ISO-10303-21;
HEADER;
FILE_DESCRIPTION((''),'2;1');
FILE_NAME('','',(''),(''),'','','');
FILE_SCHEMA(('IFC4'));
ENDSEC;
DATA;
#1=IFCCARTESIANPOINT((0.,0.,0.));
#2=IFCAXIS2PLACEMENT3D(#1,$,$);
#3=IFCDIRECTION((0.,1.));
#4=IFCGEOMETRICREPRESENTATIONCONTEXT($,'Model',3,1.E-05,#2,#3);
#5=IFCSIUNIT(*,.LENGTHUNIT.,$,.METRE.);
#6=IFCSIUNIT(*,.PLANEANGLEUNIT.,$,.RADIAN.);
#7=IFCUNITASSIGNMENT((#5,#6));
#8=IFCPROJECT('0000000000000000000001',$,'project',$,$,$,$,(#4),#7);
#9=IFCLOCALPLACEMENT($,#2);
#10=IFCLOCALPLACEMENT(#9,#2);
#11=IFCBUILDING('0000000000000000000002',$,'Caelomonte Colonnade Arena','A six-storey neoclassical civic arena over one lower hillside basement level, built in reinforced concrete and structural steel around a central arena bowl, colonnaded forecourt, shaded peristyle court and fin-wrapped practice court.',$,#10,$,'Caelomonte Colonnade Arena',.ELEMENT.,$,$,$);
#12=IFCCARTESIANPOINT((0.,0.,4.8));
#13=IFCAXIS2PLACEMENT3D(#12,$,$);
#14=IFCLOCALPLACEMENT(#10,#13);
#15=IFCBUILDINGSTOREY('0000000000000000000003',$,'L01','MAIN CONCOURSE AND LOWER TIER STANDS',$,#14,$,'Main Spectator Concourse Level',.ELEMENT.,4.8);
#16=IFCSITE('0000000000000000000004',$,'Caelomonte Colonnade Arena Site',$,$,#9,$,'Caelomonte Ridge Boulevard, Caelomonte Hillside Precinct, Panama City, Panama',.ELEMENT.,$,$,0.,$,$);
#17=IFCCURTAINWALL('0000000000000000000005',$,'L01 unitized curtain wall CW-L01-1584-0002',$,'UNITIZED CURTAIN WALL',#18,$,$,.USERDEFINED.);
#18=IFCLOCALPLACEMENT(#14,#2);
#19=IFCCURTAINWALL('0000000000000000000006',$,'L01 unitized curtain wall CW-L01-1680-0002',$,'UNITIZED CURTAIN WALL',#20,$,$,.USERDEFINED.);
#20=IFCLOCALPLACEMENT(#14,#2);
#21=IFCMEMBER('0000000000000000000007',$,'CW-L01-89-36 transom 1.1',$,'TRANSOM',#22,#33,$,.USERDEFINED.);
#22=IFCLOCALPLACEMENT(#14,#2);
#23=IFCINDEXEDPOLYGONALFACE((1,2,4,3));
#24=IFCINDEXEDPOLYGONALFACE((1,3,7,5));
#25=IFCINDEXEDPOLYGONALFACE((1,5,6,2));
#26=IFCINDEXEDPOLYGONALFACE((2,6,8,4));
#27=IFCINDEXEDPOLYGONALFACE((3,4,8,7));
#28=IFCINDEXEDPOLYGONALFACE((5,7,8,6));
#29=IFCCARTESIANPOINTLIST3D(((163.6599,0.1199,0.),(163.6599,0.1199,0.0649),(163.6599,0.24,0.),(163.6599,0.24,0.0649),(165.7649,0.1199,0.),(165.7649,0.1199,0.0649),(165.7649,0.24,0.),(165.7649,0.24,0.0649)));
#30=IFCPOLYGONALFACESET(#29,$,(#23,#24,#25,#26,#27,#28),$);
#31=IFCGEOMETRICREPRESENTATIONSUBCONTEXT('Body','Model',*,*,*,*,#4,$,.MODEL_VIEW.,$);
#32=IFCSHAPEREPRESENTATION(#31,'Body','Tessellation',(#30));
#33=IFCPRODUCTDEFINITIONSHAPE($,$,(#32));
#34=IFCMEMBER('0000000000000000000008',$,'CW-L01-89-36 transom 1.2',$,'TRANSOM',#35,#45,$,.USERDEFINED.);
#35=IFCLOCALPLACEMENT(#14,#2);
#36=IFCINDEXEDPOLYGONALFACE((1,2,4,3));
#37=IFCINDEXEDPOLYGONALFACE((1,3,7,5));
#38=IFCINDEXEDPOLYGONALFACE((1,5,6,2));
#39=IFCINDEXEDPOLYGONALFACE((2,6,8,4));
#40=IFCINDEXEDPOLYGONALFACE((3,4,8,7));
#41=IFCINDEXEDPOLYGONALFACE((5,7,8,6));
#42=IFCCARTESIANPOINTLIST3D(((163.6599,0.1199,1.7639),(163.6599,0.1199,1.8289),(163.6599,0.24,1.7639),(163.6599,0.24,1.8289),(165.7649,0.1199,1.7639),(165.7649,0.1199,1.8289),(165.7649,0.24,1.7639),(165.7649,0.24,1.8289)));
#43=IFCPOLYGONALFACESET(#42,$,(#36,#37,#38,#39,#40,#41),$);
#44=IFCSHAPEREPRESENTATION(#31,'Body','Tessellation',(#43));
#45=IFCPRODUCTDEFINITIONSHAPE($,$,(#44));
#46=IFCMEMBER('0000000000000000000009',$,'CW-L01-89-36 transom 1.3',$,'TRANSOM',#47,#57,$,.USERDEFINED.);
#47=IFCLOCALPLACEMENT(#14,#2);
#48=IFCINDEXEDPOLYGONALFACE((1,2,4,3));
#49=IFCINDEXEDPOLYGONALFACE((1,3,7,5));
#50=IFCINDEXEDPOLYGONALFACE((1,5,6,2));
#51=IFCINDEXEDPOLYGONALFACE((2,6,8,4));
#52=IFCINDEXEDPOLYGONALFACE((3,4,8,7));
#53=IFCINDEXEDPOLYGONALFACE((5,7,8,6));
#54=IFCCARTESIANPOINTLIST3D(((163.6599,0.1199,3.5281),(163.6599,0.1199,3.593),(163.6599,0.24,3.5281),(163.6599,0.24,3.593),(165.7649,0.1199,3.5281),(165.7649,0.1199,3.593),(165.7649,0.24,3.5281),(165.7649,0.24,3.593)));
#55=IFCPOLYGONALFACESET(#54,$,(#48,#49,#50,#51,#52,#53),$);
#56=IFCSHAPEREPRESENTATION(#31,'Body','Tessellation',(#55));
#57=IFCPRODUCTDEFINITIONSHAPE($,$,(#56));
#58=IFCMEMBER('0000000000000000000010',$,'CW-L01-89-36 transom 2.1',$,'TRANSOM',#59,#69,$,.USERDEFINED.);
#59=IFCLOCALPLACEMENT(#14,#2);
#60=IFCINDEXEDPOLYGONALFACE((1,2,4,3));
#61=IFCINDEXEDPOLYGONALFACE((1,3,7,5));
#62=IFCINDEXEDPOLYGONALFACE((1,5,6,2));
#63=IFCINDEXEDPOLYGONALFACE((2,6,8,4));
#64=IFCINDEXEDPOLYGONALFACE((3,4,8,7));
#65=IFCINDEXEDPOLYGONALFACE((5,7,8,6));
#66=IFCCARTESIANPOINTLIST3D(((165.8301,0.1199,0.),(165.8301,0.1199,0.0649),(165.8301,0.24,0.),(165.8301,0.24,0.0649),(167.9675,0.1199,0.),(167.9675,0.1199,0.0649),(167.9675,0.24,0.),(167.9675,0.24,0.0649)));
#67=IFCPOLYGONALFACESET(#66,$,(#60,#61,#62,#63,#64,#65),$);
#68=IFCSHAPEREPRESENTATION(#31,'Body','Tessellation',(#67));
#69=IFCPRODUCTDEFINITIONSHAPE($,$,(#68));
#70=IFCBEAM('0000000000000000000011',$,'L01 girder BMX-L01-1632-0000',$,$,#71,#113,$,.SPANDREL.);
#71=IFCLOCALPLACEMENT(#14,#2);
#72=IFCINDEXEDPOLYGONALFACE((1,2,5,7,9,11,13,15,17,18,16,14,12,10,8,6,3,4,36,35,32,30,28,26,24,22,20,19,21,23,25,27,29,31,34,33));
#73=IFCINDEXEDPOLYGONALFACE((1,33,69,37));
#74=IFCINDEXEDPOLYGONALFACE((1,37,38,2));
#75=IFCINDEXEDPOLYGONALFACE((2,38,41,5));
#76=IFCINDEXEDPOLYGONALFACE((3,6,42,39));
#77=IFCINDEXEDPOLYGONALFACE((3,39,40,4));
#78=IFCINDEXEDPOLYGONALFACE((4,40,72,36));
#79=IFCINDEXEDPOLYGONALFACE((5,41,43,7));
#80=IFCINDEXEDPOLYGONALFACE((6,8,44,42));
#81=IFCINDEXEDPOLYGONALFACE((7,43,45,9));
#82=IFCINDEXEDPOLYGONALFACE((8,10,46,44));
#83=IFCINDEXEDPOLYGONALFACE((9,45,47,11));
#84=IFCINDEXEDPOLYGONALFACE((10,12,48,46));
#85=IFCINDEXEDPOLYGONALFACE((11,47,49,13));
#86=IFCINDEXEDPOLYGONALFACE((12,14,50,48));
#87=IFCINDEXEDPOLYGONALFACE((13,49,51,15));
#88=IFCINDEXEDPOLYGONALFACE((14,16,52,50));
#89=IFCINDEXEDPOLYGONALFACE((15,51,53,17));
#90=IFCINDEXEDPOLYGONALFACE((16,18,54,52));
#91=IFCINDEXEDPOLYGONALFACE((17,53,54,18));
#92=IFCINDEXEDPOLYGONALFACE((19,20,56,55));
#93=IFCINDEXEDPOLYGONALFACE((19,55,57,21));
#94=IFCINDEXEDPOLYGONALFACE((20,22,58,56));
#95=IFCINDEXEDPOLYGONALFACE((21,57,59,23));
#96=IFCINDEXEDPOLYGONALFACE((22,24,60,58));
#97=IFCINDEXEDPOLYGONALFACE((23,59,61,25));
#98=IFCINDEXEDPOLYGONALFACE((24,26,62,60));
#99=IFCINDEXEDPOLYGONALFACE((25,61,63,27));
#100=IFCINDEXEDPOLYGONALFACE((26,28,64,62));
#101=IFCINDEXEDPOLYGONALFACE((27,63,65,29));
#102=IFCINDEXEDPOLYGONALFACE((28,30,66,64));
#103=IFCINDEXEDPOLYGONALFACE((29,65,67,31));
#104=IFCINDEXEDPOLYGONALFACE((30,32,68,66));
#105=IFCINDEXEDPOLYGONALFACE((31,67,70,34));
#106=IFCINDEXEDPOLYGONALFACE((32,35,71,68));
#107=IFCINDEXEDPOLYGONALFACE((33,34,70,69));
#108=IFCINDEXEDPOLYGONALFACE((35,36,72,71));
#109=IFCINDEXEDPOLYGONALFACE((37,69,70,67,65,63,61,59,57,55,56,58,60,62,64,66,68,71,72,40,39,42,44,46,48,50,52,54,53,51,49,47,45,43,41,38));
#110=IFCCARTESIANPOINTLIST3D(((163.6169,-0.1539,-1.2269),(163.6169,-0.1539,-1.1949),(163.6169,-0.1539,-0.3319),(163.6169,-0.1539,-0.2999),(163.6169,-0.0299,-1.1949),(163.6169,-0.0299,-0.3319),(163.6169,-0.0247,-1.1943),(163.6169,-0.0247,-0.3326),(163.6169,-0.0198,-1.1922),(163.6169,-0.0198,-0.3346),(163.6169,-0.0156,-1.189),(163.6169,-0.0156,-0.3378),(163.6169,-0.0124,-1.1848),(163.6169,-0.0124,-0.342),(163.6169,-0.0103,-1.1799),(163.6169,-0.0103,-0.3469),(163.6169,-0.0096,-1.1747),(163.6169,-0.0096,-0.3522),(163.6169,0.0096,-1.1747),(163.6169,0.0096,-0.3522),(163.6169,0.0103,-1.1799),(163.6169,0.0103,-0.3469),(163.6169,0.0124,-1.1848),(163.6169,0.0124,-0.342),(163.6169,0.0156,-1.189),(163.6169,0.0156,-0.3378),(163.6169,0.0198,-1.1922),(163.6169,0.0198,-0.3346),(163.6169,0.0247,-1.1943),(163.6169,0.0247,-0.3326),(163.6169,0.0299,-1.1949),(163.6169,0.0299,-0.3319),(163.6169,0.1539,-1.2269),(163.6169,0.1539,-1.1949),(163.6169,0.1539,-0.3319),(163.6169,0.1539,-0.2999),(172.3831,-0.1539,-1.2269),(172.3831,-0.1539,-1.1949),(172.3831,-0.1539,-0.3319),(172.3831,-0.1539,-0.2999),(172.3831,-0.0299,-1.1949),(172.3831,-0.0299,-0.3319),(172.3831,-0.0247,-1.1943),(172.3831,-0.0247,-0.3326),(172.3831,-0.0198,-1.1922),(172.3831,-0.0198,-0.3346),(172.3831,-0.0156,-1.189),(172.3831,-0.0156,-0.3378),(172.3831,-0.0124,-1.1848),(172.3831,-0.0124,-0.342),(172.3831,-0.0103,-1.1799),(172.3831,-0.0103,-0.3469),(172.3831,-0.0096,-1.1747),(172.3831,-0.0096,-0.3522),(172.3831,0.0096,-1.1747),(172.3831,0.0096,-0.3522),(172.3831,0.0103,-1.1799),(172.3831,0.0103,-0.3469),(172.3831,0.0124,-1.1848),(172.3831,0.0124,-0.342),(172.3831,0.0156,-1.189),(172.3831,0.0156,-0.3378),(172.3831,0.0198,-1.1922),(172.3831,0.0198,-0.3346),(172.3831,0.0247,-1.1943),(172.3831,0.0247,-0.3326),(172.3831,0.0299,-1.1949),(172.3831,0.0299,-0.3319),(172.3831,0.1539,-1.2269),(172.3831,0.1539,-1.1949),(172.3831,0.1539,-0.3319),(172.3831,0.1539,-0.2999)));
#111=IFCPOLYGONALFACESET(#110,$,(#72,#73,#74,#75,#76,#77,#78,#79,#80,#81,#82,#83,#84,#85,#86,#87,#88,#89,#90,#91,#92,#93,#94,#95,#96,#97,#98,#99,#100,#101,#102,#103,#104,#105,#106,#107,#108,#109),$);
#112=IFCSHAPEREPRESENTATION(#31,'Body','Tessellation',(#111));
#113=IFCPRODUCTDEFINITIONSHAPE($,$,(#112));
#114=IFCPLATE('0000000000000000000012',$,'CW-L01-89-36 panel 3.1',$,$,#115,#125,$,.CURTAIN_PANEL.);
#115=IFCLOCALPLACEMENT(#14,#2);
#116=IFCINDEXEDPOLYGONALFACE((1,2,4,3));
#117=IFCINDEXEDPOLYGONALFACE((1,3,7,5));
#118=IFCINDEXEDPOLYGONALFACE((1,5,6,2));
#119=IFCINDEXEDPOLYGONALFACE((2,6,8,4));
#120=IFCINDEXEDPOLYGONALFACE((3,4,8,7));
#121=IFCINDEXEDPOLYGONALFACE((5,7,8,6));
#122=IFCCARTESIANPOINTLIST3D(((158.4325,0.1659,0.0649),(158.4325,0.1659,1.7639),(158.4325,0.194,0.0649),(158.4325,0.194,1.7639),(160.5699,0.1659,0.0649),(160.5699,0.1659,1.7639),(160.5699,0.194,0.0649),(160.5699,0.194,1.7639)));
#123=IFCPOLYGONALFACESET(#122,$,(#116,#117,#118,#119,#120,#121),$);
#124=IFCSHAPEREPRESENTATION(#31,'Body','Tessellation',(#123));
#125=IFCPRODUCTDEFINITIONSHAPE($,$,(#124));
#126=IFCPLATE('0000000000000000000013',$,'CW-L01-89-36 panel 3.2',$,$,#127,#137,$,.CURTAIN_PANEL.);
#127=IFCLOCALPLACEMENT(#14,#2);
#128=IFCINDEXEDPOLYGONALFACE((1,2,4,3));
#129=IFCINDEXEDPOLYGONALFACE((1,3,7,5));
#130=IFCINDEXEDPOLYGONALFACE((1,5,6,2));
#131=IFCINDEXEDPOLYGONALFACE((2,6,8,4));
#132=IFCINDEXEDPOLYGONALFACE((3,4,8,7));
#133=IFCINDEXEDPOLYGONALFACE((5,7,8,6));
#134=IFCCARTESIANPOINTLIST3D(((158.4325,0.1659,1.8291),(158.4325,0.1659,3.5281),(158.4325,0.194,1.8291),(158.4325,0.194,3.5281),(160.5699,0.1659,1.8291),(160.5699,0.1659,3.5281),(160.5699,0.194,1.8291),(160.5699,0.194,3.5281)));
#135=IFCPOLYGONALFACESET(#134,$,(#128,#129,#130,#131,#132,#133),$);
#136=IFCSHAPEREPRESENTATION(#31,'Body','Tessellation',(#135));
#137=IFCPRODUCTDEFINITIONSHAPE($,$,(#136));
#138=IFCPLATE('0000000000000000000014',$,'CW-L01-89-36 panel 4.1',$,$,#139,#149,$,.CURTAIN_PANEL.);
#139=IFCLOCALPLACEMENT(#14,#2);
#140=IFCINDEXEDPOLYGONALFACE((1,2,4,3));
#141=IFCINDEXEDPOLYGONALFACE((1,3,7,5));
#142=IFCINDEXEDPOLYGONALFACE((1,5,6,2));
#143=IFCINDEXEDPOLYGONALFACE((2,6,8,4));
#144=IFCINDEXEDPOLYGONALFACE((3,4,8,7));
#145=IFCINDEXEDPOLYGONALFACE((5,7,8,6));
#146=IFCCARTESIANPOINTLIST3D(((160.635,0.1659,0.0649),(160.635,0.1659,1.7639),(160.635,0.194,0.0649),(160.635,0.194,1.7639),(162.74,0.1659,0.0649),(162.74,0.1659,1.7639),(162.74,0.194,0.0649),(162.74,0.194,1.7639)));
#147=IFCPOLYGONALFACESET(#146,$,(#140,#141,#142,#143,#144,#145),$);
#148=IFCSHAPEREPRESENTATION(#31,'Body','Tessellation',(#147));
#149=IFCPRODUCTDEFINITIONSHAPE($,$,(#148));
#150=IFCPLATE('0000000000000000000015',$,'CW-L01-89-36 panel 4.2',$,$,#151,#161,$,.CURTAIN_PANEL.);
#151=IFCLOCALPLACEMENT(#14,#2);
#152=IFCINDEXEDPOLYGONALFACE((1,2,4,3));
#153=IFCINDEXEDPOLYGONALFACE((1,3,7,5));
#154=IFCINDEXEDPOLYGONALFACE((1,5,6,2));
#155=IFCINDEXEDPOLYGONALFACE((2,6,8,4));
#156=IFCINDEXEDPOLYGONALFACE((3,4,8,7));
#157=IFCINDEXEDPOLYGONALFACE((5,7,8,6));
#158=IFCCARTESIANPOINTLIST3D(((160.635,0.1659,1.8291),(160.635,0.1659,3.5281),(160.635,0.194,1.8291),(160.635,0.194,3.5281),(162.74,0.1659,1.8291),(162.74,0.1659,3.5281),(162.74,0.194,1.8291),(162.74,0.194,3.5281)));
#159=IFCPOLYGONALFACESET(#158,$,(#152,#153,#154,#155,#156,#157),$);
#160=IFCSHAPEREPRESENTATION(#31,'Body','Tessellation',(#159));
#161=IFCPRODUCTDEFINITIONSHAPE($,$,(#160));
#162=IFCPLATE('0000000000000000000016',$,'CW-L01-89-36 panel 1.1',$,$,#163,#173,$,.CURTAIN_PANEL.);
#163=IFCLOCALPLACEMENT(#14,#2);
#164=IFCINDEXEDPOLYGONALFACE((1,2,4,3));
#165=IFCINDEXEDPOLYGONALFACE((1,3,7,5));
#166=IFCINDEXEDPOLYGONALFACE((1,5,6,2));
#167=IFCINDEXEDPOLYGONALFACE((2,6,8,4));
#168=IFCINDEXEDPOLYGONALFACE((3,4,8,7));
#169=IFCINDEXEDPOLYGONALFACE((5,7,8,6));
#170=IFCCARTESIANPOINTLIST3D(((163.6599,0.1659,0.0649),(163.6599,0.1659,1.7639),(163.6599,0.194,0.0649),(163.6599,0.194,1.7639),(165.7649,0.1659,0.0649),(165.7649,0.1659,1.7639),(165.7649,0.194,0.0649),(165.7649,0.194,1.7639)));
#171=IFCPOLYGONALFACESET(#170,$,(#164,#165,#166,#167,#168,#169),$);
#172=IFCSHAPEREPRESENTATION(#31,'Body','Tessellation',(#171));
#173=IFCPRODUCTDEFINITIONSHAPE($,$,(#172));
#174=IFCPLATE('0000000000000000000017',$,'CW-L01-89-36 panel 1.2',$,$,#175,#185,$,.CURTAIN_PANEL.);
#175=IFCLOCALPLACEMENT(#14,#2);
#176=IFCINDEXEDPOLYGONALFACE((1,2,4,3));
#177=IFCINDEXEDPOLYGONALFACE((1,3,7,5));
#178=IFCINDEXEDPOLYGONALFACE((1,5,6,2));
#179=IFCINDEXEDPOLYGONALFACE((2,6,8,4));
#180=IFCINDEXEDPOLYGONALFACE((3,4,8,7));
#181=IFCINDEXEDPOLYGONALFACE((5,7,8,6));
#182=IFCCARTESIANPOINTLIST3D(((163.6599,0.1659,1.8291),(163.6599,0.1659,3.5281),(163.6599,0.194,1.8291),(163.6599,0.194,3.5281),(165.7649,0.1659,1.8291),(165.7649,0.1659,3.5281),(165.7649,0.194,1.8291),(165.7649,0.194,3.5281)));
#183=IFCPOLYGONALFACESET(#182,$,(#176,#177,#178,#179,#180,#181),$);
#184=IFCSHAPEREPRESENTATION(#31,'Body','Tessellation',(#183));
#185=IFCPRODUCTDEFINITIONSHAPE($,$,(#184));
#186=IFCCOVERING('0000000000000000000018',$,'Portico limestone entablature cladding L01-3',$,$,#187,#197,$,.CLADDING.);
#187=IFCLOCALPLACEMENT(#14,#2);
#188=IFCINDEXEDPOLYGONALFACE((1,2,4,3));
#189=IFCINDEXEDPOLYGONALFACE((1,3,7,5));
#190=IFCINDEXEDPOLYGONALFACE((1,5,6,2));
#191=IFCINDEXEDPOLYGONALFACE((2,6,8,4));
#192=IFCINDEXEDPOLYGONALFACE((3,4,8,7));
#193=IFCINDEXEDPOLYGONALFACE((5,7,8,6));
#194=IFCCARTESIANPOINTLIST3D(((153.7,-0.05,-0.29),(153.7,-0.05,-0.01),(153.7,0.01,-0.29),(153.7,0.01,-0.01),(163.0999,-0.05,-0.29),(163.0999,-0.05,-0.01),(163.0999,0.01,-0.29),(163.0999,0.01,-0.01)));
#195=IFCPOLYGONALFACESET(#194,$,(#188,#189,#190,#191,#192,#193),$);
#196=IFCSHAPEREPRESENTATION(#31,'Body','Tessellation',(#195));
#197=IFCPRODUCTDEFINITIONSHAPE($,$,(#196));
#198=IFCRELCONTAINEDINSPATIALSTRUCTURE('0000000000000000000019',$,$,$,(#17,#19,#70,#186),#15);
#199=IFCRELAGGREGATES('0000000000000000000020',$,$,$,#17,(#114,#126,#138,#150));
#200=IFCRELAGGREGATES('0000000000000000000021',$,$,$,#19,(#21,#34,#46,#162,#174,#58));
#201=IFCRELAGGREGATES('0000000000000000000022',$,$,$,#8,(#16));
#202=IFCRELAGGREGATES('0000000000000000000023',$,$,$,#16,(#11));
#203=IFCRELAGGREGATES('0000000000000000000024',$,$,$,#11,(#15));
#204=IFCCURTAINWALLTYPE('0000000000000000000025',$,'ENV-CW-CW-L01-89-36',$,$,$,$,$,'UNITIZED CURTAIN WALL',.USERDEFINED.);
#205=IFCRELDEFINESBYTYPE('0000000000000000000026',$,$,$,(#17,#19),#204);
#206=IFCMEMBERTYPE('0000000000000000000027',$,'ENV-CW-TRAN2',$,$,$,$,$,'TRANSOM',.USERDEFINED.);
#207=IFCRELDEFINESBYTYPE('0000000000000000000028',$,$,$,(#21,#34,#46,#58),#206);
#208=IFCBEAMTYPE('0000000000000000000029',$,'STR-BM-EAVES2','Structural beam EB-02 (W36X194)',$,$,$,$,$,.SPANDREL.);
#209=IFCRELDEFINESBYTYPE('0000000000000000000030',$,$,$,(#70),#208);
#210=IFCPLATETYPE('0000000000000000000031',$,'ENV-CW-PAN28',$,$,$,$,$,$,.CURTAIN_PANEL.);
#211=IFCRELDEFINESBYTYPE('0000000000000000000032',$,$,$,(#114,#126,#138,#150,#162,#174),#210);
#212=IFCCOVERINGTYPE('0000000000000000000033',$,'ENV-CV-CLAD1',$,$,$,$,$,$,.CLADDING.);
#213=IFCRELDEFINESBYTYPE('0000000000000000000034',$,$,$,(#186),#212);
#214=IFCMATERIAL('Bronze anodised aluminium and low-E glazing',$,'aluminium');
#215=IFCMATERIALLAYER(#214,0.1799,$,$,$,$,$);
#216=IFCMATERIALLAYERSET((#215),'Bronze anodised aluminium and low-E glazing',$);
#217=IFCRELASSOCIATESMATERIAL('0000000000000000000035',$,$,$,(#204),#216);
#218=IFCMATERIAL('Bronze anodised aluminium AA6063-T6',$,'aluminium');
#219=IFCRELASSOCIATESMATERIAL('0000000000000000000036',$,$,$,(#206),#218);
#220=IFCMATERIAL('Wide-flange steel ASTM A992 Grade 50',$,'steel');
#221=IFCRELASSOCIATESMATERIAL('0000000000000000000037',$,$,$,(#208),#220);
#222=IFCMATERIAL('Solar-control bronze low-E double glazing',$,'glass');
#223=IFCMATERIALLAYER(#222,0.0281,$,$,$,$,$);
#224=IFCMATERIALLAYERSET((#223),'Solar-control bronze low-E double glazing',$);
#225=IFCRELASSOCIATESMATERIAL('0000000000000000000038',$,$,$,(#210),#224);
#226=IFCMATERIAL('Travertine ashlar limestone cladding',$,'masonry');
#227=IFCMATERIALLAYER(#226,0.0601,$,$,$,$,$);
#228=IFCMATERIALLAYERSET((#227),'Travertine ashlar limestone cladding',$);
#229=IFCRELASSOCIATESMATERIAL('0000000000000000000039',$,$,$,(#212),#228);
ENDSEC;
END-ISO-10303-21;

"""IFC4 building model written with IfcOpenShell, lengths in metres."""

from ifc_helpers import new_model, si_unit, direction, frame, origin, origin_2d, place, context, subcontext, project, spatial, rectangle, i_section, extrude, material, layer, layer_set, material_profile, profile_set, type_object, element, aggregate, save


model = new_model("IFC4")

# Units and contexts
model_context = context("Model", 3, precision=1e-05, world=origin(), true_north=direction((0.0, 1.0)))
body_context = subcontext(model_context, "Body", "Model", "MODEL_VIEW")
ifc_project = project(units=[si_unit("LENGTHUNIT", "METRE"), si_unit("PLANEANGLEUNIT", "RADIAN")], contexts=[model_context])

# Site, building, storey
site_placement = place(None, origin())
site = spatial("IfcSite", under=ifc_project, at=site_placement, Name="Caelomonte Colonnade Arena Site", LongName="Caelomonte Ridge Boulevard, Caelomonte Hillside Precinct, Panama City, Panama", CompositionType="ELEMENT", RefElevation=0.0)
building_placement = place(site_placement, origin())
building = spatial("IfcBuilding", under=site, at=building_placement, Name="Caelomonte Colonnade Arena", Description="A six-storey neoclassical civic arena over one lower hillside basement level, built in reinforced concrete and structural steel around a central arena bowl, colonnaded forecourt, shaded peristyle court and fin-wrapped practice court.", LongName="Caelomonte Colonnade Arena", CompositionType="ELEMENT")
storey_placement = place(building_placement, frame((0.0, 0.0, 4.8)))
storey = spatial("IfcBuildingStorey", under=building, at=storey_placement, Name="L01", Description="MAIN CONCOURSE AND LOWER TIER STANDS", LongName="Main Spectator Concourse Level", CompositionType="ELEMENT", Elevation=4.8)

# Curtain walls
ifc_material_1 = material(Name="Bronze anodised aluminium and low-E glazing", Category="aluminium")
ifc_layer_1 = layer(ifc_material_1, 0.1799)
ifc_layer_set_1 = layer_set([ifc_layer_1], Name="Bronze anodised aluminium and low-E glazing")
curtain_wall_type = type_object("IfcCurtainWallType", Name="ENV-CW-CW-L01-89-36", ElementType="UNITIZED CURTAIN WALL", PredefinedType="USERDEFINED", material=ifc_layer_set_1)
curtain_wall_1_placement = place(storey_placement, origin())
curtain_wall_1 = element("IfcCurtainWall", 1, at=curtain_wall_1_placement, inside=storey, type_object=curtain_wall_type, Name="L01 unitized curtain wall CW-L01-1584-0002", ObjectType="UNITIZED CURTAIN WALL", PredefinedType="USERDEFINED")
ifc_material_2 = material(Name="Bronze anodised aluminium AA6063-T6", Category="aluminium")
curtain_wall_2_placement = place(storey_placement, origin())
curtain_wall_2 = element("IfcCurtainWall", 2, at=curtain_wall_2_placement, inside=storey, type_object=curtain_wall_type, Name="L01 unitized curtain wall CW-L01-1680-0002", ObjectType="UNITIZED CURTAIN WALL", PredefinedType="USERDEFINED")

# Members
ifc_material_profile_1 = material_profile(ifc_material_2, rectangle(XDim=0.0649, YDim=0.1201, at=origin_2d()), Name="CWT-65X120")
ifc_profile_set_1 = profile_set([ifc_material_profile_1], Name="Bronze anodised aluminium AA6063-T6")
member_type_1 = type_object("IfcMemberType", Name="ENV-CW-TRAN2", ElementType="TRANSOM", PredefinedType="USERDEFINED", material=ifc_profile_set_1)
member_1_placement = place(storey_placement, frame((163.6599, 0.1799, 0.0325), z_axis=(1.0, 0.0, 0.0), x_axis=(0.0, 0.0, 1.0)))
member_1 = element("IfcMember", 3, at=member_1_placement, type_object=member_type_1, Name="CW-L01-89-36 transom 1.1", ObjectType="TRANSOM", PredefinedType="USERDEFINED", context=body_context, shape_type="SweptSolid", body=[
    extrude(rectangle(XDim=0.0649, YDim=0.1201, at=origin_2d()), origin(), (0.0, 0.0, 1.0), 2.105),
])
member_2_placement = place(storey_placement, frame((163.6599, 0.1799, 1.7964), z_axis=(1.0, 0.0, 0.0), x_axis=(0.0, 0.0, 1.0)))
member_2 = element("IfcMember", 4, at=member_2_placement, type_object=member_type_1, Name="CW-L01-89-36 transom 1.2", ObjectType="TRANSOM", PredefinedType="USERDEFINED", context=body_context, shape_type="SweptSolid", body=[
    extrude(rectangle(XDim=0.0649, YDim=0.1201, at=origin_2d()), origin(), (0.0, 0.0, 1.0), 2.105),
])
member_3_placement = place(storey_placement, frame((163.6599, 0.1799, 3.5605), z_axis=(1.0, 0.0, 0.0), x_axis=(0.0, 0.0, 1.0)))
member_3 = element("IfcMember", 5, at=member_3_placement, type_object=member_type_1, Name="CW-L01-89-36 transom 1.3", ObjectType="TRANSOM", PredefinedType="USERDEFINED", context=body_context, shape_type="SweptSolid", body=[
    extrude(rectangle(XDim=0.0649, YDim=0.1201, at=origin_2d()), origin(), (0.0, 0.0, 1.0), 2.105),
])
member_4_placement = place(storey_placement, frame((165.8301, 0.1799, 0.0325), z_axis=(1.0, 0.0, 0.0), x_axis=(0.0, 0.0, 1.0)))
member_4 = element("IfcMember", 6, at=member_4_placement, type_object=member_type_1, Name="CW-L01-89-36 transom 2.1", ObjectType="TRANSOM", PredefinedType="USERDEFINED", context=body_context, shape_type="SweptSolid", body=[
    extrude(rectangle(XDim=0.0649, YDim=0.1201, at=origin_2d()), origin(), (0.0, 0.0, 1.0), 2.1375),
])

# Beam
ifc_material_3 = material(Name="Wide-flange steel ASTM A992 Grade 50", Category="steel")
ifc_material_profile_2 = material_profile(ifc_material_3, i_section(OverallWidth=0.3079, OverallDepth=0.927, WebThickness=0.0193, FlangeThickness=0.032, FilletRadius=0.0203, at=origin_2d()), Name="W36X194")
ifc_profile_set_2 = profile_set([ifc_material_profile_2], Name="Wide-flange steel ASTM A992 Grade 50")
beam_type = type_object("IfcBeamType", Name="STR-BM-EAVES2", Description="Structural beam EB-02 (W36X194)", PredefinedType="SPANDREL", material=ifc_profile_set_2)
beam_placement = place(storey_placement, frame((163.6169, 0.0, -0.7634), z_axis=(1.0, 0.0, 0.0), x_axis=(0.0, 1.0, 0.0)))
element("IfcBeam", 7, at=beam_placement, inside=storey, type_object=beam_type, Name="L01 girder BMX-L01-1632-0000", PredefinedType="SPANDREL", context=body_context, shape_type="SweptSolid", body=[
    extrude(i_section(OverallWidth=0.3079, OverallDepth=0.927, WebThickness=0.0193, FlangeThickness=0.032, FilletRadius=0.0203, at=origin_2d()), origin(), (0.0, 0.0, 1.0), 8.7661),
])

# Plates
ifc_material_4 = material(Name="Solar-control bronze low-E double glazing", Category="glass")
ifc_layer_2 = layer(ifc_material_4, 0.0281)
ifc_layer_set_2 = layer_set([ifc_layer_2], Name="Solar-control bronze low-E double glazing")
plate_type = type_object("IfcPlateType", Name="ENV-CW-PAN28", PredefinedType="CURTAIN_PANEL", material=ifc_layer_set_2)
plate_1_placement = place(storey_placement, frame((159.5012, 0.1799, 0.0649), z_axis=(0.0, 0.0, 1.0), x_axis=(1.0, 0.0, 0.0)))
plate_1 = element("IfcPlate", 8, at=plate_1_placement, type_object=plate_type, Name="CW-L01-89-36 panel 3.1", PredefinedType="CURTAIN_PANEL", context=body_context, shape_type="SweptSolid", body=[
    extrude(rectangle(XDim=2.1375, YDim=0.0281, at=origin_2d()), origin(), (0.0, 0.0, 1.0), 1.699),
])
plate_2_placement = place(storey_placement, frame((159.5012, 0.1799, 1.8291), z_axis=(0.0, 0.0, 1.0), x_axis=(1.0, 0.0, 0.0)))
plate_2 = element("IfcPlate", 9, at=plate_2_placement, type_object=plate_type, Name="CW-L01-89-36 panel 3.2", PredefinedType="CURTAIN_PANEL", context=body_context, shape_type="SweptSolid", body=[
    extrude(rectangle(XDim=2.1375, YDim=0.0281, at=origin_2d()), origin(), (0.0, 0.0, 1.0), 1.699),
])
plate_3_placement = place(storey_placement, frame((161.6875, 0.1799, 0.0649), z_axis=(0.0, 0.0, 1.0), x_axis=(1.0, 0.0, 0.0)))
plate_3 = element("IfcPlate", 10, at=plate_3_placement, type_object=plate_type, Name="CW-L01-89-36 panel 4.1", PredefinedType="CURTAIN_PANEL", context=body_context, shape_type="SweptSolid", body=[
    extrude(rectangle(XDim=2.105, YDim=0.0281, at=origin_2d()), origin(), (0.0, 0.0, 1.0), 1.699),
])
plate_4_placement = place(storey_placement, frame((161.6875, 0.1799, 1.8291), z_axis=(0.0, 0.0, 1.0), x_axis=(1.0, 0.0, 0.0)))
plate_4 = element("IfcPlate", 11, at=plate_4_placement, type_object=plate_type, Name="CW-L01-89-36 panel 4.2", PredefinedType="CURTAIN_PANEL", context=body_context, shape_type="SweptSolid", body=[
    extrude(rectangle(XDim=2.105, YDim=0.0281, at=origin_2d()), origin(), (0.0, 0.0, 1.0), 1.699),
])
aggregate(curtain_wall_1, [plate_1, plate_2, plate_3, plate_4])
plate_5_placement = place(storey_placement, frame((164.7124, 0.1799, 0.0649), z_axis=(0.0, 0.0, 1.0), x_axis=(1.0, 0.0, 0.0)))
plate_5 = element("IfcPlate", 12, at=plate_5_placement, type_object=plate_type, Name="CW-L01-89-36 panel 1.1", PredefinedType="CURTAIN_PANEL", context=body_context, shape_type="SweptSolid", body=[
    extrude(rectangle(XDim=2.105, YDim=0.0281, at=origin_2d()), origin(), (0.0, 0.0, 1.0), 1.699),
])
plate_6_placement = place(storey_placement, frame((164.7124, 0.1799, 1.8291), z_axis=(0.0, 0.0, 1.0), x_axis=(1.0, 0.0, 0.0)))
plate_6 = element("IfcPlate", 13, at=plate_6_placement, type_object=plate_type, Name="CW-L01-89-36 panel 1.2", PredefinedType="CURTAIN_PANEL", context=body_context, shape_type="SweptSolid", body=[
    extrude(rectangle(XDim=2.105, YDim=0.0281, at=origin_2d()), origin(), (0.0, 0.0, 1.0), 1.699),
])
aggregate(curtain_wall_2, [member_1, member_2, member_3, plate_5, plate_6, member_4])

# Covering
ifc_material_5 = material(Name="Travertine ashlar limestone cladding", Category="masonry")
ifc_layer_3 = layer(ifc_material_5, 0.0601)
ifc_layer_set_3 = layer_set([ifc_layer_3], Name="Travertine ashlar limestone cladding")
covering_type = type_object("IfcCoveringType", Name="ENV-CV-CLAD1", PredefinedType="CLADDING", material=ifc_layer_set_3)
covering_placement = place(storey_placement, frame((158.3999, -0.02, -0.29), z_axis=(0.0, 0.0, 1.0), x_axis=(1.0, 0.0, 0.0)))
element("IfcCovering", 14, at=covering_placement, inside=storey, type_object=covering_type, Name="Portico limestone entablature cladding L01-3", PredefinedType="CLADDING", context=body_context, shape_type="SweptSolid", body=[
    extrude(rectangle(XDim=9.3999, YDim=0.0601, at=origin_2d()), origin(), (0.0, 0.0, 1.0), 0.28),
])

save(model, "model.ifc")
